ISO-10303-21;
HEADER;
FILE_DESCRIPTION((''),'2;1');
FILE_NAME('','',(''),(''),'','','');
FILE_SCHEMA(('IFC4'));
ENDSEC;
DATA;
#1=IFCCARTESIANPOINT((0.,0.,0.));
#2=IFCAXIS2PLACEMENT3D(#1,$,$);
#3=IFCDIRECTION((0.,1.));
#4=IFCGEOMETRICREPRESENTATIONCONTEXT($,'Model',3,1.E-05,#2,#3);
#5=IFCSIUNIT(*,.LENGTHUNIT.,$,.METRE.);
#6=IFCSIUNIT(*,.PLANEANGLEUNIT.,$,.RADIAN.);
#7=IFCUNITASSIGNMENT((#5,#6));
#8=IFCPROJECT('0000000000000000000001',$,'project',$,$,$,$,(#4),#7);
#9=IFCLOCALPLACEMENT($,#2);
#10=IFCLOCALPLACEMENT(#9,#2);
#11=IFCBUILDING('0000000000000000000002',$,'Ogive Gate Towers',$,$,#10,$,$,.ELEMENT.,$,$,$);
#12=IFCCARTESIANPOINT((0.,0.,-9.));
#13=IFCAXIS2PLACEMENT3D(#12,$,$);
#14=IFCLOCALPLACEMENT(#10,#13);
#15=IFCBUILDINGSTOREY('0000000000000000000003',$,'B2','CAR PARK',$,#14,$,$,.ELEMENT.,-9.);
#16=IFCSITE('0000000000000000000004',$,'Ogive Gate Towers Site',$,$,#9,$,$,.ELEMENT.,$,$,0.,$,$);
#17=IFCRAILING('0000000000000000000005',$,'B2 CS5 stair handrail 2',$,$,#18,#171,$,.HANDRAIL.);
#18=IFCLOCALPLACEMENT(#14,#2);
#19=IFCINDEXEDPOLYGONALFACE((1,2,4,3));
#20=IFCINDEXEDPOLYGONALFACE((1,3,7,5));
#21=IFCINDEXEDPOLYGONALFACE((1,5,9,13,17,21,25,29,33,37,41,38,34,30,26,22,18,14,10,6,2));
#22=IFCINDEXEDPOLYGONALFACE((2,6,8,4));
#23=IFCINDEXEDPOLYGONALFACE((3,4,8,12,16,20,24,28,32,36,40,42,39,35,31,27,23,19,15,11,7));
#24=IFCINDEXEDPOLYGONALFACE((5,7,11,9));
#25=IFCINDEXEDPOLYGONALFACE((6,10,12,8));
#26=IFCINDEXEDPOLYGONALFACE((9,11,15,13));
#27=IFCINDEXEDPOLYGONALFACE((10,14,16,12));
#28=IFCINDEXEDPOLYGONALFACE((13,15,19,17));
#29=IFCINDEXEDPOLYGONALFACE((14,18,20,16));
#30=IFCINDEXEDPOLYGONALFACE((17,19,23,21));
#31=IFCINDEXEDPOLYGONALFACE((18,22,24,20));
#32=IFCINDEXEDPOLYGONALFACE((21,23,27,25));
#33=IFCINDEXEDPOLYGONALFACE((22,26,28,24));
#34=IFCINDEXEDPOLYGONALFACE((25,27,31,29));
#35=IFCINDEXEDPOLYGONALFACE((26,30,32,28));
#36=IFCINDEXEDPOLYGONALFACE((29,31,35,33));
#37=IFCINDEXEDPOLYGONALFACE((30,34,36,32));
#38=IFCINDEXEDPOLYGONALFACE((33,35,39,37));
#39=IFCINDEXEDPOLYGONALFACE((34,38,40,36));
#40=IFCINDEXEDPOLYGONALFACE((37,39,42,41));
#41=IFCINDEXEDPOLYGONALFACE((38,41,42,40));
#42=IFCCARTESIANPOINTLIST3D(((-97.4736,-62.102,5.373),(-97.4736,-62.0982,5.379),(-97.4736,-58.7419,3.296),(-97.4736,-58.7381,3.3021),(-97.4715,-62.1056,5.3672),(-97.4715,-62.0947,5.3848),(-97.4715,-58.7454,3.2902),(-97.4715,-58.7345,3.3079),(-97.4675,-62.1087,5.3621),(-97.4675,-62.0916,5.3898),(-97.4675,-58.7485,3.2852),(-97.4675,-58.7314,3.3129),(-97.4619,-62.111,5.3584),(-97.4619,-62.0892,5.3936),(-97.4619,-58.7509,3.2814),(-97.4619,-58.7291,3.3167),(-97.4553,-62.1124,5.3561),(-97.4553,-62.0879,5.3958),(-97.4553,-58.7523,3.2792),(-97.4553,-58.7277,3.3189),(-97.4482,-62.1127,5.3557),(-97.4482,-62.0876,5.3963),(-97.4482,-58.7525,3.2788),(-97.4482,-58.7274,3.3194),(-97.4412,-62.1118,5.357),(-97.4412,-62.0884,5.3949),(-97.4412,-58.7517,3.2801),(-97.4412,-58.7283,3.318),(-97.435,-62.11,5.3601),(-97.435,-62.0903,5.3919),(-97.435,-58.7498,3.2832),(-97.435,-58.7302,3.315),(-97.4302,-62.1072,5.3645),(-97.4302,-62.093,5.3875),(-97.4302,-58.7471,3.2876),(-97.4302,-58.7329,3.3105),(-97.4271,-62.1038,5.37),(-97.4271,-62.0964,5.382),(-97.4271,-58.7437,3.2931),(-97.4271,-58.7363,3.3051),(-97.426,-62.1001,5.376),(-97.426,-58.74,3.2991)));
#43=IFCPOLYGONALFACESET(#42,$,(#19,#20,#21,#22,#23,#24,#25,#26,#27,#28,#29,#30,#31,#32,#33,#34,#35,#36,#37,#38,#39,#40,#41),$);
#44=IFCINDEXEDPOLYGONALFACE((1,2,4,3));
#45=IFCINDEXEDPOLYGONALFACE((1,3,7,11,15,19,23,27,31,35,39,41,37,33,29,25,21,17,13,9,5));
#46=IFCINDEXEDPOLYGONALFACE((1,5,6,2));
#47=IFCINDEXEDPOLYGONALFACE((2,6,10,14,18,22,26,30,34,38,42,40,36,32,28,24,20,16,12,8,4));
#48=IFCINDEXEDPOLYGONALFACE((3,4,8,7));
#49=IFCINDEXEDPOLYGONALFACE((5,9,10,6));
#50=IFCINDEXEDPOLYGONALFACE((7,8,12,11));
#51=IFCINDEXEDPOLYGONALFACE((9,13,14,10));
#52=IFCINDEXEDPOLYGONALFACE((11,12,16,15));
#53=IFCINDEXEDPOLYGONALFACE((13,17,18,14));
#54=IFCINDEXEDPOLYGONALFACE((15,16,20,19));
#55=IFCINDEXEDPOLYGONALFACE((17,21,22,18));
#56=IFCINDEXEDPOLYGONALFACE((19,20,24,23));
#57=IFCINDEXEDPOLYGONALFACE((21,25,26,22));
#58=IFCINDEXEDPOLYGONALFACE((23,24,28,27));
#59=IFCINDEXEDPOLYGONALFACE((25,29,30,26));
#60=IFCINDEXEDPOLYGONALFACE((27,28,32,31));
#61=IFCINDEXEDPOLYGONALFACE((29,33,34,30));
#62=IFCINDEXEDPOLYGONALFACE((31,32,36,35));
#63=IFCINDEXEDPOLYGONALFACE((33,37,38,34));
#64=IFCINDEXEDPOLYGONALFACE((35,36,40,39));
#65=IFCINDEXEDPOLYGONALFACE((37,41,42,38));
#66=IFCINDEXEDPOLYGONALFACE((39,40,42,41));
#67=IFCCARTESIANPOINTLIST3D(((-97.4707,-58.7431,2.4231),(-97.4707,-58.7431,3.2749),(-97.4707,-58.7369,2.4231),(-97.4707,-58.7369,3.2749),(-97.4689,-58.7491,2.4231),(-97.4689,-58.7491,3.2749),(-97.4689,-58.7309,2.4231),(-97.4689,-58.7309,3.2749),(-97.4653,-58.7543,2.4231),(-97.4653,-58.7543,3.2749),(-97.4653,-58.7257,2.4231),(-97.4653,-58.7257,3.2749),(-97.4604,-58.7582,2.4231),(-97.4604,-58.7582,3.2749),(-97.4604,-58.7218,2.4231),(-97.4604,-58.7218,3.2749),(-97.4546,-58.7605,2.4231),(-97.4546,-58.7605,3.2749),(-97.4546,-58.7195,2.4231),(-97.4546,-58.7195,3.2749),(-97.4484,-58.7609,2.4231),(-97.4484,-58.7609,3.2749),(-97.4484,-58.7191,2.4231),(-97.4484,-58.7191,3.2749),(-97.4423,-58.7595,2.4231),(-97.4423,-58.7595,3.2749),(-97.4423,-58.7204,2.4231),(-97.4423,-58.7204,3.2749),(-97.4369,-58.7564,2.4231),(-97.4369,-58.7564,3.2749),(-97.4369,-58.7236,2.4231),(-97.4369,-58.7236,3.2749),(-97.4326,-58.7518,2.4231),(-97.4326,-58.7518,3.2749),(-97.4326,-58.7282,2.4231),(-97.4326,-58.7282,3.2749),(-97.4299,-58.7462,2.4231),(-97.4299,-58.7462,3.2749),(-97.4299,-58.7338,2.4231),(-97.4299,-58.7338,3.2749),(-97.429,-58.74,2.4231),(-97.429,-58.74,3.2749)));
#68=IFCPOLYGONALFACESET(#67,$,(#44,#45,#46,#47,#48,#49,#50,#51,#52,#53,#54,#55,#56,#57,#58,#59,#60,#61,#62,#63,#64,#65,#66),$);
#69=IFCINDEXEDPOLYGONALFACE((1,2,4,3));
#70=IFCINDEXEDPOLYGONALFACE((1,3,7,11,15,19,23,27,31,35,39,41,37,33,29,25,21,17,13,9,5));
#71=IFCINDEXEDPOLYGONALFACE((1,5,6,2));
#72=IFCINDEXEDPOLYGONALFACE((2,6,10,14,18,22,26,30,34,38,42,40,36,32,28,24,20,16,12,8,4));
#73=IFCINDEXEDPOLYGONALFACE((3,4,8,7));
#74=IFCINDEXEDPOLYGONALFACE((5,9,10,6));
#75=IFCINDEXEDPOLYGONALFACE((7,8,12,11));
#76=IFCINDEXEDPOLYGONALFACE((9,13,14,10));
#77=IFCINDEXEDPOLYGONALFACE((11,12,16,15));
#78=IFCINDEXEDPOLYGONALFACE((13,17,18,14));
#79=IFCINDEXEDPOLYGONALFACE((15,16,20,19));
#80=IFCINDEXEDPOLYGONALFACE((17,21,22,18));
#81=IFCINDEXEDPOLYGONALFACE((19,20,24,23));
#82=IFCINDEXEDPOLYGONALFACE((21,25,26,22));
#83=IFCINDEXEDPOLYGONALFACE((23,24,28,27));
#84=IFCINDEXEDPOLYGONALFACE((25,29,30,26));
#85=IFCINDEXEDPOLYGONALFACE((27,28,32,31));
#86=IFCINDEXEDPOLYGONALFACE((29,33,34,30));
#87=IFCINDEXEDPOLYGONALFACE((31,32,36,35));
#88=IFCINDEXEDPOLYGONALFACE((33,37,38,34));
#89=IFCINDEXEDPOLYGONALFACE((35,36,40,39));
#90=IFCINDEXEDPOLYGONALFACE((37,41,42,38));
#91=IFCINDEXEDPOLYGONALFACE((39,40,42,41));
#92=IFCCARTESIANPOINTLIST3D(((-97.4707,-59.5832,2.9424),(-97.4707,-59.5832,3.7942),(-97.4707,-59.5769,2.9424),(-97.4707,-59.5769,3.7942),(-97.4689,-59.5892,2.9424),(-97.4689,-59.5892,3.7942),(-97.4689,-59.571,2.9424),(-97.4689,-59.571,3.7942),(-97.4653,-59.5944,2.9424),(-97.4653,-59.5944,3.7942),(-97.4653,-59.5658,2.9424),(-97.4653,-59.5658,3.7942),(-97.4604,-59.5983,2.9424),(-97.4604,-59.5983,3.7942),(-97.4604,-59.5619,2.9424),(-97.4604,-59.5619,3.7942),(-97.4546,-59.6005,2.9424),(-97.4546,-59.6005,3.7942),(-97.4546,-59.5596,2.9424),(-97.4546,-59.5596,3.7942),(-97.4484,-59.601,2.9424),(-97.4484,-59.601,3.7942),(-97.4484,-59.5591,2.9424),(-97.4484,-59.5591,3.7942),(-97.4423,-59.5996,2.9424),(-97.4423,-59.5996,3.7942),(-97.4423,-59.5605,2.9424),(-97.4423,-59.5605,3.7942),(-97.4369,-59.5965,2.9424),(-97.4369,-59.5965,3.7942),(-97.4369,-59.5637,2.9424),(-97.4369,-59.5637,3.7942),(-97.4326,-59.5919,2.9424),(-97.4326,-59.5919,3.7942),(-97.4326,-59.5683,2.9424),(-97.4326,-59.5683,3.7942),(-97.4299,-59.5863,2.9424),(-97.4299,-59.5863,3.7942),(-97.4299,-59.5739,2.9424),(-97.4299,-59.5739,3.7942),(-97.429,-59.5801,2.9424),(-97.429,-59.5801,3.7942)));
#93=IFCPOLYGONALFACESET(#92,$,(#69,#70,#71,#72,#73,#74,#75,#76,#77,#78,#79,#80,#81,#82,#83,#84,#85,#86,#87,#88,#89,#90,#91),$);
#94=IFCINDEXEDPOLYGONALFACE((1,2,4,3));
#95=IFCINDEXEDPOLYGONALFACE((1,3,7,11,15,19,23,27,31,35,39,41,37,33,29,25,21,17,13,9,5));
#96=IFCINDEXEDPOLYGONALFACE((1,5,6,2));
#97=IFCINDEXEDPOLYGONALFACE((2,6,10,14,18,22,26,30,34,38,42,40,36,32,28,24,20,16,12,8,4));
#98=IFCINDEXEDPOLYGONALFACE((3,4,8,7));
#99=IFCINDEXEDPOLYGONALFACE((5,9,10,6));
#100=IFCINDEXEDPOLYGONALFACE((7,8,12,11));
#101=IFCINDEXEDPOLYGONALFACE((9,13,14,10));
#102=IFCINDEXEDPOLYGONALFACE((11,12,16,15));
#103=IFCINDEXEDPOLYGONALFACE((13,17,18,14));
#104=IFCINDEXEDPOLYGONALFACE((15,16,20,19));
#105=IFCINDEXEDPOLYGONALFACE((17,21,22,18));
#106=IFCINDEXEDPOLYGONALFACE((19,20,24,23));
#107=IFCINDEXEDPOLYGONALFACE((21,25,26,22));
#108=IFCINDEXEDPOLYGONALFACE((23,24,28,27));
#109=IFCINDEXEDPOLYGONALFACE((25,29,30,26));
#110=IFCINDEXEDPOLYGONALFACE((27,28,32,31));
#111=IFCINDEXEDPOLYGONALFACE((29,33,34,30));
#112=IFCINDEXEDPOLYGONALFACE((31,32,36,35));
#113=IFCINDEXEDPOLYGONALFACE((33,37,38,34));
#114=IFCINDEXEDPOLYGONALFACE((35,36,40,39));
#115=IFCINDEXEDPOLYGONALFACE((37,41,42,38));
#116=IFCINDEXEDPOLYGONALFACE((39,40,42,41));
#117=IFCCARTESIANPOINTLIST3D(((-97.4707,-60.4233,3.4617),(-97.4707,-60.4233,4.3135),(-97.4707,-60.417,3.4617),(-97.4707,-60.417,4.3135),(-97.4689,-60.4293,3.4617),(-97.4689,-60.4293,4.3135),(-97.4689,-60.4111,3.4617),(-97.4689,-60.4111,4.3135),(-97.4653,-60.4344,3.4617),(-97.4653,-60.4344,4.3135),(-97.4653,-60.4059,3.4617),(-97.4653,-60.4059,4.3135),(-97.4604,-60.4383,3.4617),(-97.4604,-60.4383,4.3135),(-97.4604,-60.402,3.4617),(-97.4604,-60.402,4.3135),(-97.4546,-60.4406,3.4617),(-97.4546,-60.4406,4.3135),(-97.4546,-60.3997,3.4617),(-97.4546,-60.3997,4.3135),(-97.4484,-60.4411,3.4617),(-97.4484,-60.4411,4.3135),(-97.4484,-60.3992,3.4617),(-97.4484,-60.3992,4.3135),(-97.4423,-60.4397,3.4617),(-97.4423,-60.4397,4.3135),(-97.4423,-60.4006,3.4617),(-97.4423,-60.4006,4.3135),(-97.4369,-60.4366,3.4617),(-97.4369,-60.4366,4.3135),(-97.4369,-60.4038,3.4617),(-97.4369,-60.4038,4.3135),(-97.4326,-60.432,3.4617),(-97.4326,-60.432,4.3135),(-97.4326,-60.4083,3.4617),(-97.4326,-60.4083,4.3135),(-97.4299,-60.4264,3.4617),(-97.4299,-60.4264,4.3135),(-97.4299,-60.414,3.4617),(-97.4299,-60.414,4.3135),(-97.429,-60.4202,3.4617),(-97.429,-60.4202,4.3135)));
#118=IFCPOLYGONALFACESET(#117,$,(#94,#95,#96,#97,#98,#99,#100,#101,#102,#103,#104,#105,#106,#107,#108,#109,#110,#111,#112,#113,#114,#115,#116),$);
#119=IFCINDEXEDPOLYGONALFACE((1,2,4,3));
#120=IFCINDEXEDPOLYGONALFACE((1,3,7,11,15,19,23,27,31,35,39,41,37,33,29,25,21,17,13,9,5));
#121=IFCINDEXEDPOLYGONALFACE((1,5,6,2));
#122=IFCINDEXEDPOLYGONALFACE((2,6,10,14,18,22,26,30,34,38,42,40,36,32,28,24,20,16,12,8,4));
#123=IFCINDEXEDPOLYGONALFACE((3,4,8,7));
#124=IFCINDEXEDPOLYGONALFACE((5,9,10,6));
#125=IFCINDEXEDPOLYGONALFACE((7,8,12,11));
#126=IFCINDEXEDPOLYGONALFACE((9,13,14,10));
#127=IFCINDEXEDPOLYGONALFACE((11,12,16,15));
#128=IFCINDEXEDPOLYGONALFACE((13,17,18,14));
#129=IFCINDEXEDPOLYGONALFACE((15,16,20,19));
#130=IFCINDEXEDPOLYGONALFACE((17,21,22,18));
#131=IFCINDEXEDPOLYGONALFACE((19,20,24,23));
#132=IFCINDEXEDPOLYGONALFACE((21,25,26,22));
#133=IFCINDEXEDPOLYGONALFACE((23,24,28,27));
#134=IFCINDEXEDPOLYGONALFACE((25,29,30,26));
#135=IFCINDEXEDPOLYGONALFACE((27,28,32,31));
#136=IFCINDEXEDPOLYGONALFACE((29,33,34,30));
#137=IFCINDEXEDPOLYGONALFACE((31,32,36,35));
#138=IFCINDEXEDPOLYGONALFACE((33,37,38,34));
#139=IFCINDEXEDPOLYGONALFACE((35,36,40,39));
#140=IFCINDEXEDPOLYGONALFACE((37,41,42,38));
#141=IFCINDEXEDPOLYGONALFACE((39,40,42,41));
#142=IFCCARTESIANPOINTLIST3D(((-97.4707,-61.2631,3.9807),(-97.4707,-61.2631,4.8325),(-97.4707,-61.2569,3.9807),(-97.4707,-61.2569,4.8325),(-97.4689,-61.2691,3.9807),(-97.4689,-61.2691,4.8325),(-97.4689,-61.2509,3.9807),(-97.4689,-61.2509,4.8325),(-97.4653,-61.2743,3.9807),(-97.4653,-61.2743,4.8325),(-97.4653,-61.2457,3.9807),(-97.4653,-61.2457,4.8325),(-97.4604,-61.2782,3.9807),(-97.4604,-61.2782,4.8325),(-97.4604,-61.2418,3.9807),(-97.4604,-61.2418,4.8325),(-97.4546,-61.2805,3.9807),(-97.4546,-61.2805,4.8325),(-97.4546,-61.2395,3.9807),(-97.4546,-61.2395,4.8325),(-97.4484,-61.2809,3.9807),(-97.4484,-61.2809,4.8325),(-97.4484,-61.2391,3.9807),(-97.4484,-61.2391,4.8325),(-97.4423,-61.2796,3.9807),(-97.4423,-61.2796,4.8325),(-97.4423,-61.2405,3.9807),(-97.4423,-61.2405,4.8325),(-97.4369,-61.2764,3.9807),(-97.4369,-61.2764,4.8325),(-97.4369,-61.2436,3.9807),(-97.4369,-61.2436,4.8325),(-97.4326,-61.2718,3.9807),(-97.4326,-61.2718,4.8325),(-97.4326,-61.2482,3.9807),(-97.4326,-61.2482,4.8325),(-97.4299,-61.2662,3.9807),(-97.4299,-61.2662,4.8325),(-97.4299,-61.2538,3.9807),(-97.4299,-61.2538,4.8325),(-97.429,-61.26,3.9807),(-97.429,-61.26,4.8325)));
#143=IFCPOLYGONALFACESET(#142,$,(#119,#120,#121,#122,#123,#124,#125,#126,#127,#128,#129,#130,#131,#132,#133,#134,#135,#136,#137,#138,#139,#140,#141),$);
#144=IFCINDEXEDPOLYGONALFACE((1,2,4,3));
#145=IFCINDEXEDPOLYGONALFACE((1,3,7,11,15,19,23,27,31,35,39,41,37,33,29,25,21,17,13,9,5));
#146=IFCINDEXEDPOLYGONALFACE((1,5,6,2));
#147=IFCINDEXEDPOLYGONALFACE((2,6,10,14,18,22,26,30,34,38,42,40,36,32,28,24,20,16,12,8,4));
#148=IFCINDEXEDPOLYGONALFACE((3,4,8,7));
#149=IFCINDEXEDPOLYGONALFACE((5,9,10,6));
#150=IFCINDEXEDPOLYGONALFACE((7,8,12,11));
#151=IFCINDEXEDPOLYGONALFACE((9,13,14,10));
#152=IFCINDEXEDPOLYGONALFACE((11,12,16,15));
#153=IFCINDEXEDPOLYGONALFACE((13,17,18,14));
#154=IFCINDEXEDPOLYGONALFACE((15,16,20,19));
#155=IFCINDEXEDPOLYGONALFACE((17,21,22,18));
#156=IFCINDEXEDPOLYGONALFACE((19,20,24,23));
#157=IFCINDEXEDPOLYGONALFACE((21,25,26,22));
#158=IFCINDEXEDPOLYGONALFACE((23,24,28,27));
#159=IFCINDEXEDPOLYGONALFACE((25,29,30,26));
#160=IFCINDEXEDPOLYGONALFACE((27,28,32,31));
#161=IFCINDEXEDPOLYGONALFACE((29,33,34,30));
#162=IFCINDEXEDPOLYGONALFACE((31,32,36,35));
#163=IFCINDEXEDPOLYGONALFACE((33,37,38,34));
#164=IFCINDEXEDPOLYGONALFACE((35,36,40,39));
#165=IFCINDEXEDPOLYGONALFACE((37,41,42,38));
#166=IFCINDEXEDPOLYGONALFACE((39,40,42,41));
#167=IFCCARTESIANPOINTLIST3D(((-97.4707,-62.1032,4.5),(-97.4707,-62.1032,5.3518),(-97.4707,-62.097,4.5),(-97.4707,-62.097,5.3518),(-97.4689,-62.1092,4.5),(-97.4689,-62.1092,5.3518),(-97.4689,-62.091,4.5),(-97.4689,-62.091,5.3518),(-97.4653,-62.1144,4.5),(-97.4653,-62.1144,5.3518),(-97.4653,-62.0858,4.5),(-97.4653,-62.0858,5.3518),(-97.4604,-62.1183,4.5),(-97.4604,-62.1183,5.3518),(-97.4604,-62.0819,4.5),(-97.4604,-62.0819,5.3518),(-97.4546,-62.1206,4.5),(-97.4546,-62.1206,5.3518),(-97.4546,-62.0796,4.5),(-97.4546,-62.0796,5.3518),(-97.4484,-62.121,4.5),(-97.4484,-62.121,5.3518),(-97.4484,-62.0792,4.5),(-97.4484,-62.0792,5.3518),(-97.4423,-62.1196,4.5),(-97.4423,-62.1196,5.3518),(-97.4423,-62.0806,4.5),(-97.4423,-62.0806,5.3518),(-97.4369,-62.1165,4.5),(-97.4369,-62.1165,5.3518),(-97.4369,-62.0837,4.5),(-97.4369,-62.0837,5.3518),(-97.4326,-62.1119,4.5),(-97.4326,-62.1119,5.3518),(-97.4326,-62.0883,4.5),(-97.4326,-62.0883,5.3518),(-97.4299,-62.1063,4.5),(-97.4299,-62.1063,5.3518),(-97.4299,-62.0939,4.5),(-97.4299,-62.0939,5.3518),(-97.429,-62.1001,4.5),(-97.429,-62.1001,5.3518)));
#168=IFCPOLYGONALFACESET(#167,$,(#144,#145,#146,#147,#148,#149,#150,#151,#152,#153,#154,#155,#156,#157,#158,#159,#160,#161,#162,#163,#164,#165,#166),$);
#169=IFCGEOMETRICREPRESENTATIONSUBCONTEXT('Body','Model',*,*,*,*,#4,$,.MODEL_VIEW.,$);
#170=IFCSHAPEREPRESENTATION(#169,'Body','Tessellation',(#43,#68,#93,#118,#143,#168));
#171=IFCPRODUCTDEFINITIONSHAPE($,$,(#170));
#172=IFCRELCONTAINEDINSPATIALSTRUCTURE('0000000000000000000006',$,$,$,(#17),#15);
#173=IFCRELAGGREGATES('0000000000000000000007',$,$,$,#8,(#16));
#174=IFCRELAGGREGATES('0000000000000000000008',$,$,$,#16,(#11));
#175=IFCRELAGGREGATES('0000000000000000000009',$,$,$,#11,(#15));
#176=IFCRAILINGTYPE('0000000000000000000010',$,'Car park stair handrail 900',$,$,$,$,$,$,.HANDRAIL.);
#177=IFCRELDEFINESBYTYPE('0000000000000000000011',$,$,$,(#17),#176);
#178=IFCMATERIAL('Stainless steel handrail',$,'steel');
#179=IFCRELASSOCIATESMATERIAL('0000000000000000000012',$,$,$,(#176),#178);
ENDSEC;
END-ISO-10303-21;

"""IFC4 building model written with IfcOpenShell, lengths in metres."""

from ifc_helpers import new_model, si_unit, direction, frame, origin, origin_2d, place, context, subcontext, project, spatial, circle, extrude, material, type_object, element, save


model = new_model("IFC4")

# Units and contexts
model_context = context("Model", 3, precision=1e-05, world=origin(), true_north=direction((0.0, 1.0)))
body_context = subcontext(model_context, "Body", "Model", "MODEL_VIEW")
ifc_project = project(units=[si_unit("LENGTHUNIT", "METRE"), si_unit("PLANEANGLEUNIT", "RADIAN")], contexts=[model_context])

# Site, building, storey
site_placement = place(None, origin())
site = spatial("IfcSite", under=ifc_project, at=site_placement, Name="Ogive Gate Towers Site", CompositionType="ELEMENT", RefElevation=0.0)
building_placement = place(site_placement, origin())
building = spatial("IfcBuilding", under=site, at=building_placement, Name="Ogive Gate Towers", CompositionType="ELEMENT")
storey_placement = place(building_placement, frame((0.0, 0.0, -9.0)))
storey = spatial("IfcBuildingStorey", under=building, at=storey_placement, Name="B2", Description="CAR PARK", CompositionType="ELEMENT", Elevation=-9.0)

# Railing
ifc_material_1 = material(Name="Stainless steel handrail", Category="steel")
railing_type = type_object("IfcRailingType", Name="Car park stair handrail 900", PredefinedType="HANDRAIL", material=ifc_material_1)
railing_placement = place(storey_placement, frame((-97.45, -58.74, 2.4231)))
element("IfcRailing", 1, at=railing_placement, inside=storey, type_object=railing_type, Name="B2 CS5 stair handrail 2", PredefinedType="HANDRAIL", context=body_context, shape_type="SweptSolid", body=[
    extrude(circle(Radius=0.0239, at=origin_2d()), frame((0.0, 0.0, 0.876), z_axis=(0.0, -0.850623, 0.525776), x_axis=(1.0, 0.0, 0.0)), (0.0, 0.0, 1.0), 3.9502),
    extrude(circle(Radius=0.021, at=origin_2d()), origin(), (0.0, 0.0, 1.0), 0.8518),
    extrude(circle(Radius=0.021, at=origin_2d()), frame((0.0, -0.8401, 0.5193)), (0.0, 0.0, 1.0), 0.8518),
    extrude(circle(Radius=0.021, at=origin_2d()), frame((0.0, -1.6802, 1.0386)), (0.0, 0.0, 1.0), 0.8518),
    extrude(circle(Radius=0.021, at=origin_2d()), frame((0.0, -2.52, 1.5576)), (0.0, 0.0, 1.0), 0.8518),
    extrude(circle(Radius=0.021, at=origin_2d()), frame((0.0, -3.3601, 2.0769)), (0.0, 0.0, 1.0), 0.8518),
])

save(model, "model.ifc")
